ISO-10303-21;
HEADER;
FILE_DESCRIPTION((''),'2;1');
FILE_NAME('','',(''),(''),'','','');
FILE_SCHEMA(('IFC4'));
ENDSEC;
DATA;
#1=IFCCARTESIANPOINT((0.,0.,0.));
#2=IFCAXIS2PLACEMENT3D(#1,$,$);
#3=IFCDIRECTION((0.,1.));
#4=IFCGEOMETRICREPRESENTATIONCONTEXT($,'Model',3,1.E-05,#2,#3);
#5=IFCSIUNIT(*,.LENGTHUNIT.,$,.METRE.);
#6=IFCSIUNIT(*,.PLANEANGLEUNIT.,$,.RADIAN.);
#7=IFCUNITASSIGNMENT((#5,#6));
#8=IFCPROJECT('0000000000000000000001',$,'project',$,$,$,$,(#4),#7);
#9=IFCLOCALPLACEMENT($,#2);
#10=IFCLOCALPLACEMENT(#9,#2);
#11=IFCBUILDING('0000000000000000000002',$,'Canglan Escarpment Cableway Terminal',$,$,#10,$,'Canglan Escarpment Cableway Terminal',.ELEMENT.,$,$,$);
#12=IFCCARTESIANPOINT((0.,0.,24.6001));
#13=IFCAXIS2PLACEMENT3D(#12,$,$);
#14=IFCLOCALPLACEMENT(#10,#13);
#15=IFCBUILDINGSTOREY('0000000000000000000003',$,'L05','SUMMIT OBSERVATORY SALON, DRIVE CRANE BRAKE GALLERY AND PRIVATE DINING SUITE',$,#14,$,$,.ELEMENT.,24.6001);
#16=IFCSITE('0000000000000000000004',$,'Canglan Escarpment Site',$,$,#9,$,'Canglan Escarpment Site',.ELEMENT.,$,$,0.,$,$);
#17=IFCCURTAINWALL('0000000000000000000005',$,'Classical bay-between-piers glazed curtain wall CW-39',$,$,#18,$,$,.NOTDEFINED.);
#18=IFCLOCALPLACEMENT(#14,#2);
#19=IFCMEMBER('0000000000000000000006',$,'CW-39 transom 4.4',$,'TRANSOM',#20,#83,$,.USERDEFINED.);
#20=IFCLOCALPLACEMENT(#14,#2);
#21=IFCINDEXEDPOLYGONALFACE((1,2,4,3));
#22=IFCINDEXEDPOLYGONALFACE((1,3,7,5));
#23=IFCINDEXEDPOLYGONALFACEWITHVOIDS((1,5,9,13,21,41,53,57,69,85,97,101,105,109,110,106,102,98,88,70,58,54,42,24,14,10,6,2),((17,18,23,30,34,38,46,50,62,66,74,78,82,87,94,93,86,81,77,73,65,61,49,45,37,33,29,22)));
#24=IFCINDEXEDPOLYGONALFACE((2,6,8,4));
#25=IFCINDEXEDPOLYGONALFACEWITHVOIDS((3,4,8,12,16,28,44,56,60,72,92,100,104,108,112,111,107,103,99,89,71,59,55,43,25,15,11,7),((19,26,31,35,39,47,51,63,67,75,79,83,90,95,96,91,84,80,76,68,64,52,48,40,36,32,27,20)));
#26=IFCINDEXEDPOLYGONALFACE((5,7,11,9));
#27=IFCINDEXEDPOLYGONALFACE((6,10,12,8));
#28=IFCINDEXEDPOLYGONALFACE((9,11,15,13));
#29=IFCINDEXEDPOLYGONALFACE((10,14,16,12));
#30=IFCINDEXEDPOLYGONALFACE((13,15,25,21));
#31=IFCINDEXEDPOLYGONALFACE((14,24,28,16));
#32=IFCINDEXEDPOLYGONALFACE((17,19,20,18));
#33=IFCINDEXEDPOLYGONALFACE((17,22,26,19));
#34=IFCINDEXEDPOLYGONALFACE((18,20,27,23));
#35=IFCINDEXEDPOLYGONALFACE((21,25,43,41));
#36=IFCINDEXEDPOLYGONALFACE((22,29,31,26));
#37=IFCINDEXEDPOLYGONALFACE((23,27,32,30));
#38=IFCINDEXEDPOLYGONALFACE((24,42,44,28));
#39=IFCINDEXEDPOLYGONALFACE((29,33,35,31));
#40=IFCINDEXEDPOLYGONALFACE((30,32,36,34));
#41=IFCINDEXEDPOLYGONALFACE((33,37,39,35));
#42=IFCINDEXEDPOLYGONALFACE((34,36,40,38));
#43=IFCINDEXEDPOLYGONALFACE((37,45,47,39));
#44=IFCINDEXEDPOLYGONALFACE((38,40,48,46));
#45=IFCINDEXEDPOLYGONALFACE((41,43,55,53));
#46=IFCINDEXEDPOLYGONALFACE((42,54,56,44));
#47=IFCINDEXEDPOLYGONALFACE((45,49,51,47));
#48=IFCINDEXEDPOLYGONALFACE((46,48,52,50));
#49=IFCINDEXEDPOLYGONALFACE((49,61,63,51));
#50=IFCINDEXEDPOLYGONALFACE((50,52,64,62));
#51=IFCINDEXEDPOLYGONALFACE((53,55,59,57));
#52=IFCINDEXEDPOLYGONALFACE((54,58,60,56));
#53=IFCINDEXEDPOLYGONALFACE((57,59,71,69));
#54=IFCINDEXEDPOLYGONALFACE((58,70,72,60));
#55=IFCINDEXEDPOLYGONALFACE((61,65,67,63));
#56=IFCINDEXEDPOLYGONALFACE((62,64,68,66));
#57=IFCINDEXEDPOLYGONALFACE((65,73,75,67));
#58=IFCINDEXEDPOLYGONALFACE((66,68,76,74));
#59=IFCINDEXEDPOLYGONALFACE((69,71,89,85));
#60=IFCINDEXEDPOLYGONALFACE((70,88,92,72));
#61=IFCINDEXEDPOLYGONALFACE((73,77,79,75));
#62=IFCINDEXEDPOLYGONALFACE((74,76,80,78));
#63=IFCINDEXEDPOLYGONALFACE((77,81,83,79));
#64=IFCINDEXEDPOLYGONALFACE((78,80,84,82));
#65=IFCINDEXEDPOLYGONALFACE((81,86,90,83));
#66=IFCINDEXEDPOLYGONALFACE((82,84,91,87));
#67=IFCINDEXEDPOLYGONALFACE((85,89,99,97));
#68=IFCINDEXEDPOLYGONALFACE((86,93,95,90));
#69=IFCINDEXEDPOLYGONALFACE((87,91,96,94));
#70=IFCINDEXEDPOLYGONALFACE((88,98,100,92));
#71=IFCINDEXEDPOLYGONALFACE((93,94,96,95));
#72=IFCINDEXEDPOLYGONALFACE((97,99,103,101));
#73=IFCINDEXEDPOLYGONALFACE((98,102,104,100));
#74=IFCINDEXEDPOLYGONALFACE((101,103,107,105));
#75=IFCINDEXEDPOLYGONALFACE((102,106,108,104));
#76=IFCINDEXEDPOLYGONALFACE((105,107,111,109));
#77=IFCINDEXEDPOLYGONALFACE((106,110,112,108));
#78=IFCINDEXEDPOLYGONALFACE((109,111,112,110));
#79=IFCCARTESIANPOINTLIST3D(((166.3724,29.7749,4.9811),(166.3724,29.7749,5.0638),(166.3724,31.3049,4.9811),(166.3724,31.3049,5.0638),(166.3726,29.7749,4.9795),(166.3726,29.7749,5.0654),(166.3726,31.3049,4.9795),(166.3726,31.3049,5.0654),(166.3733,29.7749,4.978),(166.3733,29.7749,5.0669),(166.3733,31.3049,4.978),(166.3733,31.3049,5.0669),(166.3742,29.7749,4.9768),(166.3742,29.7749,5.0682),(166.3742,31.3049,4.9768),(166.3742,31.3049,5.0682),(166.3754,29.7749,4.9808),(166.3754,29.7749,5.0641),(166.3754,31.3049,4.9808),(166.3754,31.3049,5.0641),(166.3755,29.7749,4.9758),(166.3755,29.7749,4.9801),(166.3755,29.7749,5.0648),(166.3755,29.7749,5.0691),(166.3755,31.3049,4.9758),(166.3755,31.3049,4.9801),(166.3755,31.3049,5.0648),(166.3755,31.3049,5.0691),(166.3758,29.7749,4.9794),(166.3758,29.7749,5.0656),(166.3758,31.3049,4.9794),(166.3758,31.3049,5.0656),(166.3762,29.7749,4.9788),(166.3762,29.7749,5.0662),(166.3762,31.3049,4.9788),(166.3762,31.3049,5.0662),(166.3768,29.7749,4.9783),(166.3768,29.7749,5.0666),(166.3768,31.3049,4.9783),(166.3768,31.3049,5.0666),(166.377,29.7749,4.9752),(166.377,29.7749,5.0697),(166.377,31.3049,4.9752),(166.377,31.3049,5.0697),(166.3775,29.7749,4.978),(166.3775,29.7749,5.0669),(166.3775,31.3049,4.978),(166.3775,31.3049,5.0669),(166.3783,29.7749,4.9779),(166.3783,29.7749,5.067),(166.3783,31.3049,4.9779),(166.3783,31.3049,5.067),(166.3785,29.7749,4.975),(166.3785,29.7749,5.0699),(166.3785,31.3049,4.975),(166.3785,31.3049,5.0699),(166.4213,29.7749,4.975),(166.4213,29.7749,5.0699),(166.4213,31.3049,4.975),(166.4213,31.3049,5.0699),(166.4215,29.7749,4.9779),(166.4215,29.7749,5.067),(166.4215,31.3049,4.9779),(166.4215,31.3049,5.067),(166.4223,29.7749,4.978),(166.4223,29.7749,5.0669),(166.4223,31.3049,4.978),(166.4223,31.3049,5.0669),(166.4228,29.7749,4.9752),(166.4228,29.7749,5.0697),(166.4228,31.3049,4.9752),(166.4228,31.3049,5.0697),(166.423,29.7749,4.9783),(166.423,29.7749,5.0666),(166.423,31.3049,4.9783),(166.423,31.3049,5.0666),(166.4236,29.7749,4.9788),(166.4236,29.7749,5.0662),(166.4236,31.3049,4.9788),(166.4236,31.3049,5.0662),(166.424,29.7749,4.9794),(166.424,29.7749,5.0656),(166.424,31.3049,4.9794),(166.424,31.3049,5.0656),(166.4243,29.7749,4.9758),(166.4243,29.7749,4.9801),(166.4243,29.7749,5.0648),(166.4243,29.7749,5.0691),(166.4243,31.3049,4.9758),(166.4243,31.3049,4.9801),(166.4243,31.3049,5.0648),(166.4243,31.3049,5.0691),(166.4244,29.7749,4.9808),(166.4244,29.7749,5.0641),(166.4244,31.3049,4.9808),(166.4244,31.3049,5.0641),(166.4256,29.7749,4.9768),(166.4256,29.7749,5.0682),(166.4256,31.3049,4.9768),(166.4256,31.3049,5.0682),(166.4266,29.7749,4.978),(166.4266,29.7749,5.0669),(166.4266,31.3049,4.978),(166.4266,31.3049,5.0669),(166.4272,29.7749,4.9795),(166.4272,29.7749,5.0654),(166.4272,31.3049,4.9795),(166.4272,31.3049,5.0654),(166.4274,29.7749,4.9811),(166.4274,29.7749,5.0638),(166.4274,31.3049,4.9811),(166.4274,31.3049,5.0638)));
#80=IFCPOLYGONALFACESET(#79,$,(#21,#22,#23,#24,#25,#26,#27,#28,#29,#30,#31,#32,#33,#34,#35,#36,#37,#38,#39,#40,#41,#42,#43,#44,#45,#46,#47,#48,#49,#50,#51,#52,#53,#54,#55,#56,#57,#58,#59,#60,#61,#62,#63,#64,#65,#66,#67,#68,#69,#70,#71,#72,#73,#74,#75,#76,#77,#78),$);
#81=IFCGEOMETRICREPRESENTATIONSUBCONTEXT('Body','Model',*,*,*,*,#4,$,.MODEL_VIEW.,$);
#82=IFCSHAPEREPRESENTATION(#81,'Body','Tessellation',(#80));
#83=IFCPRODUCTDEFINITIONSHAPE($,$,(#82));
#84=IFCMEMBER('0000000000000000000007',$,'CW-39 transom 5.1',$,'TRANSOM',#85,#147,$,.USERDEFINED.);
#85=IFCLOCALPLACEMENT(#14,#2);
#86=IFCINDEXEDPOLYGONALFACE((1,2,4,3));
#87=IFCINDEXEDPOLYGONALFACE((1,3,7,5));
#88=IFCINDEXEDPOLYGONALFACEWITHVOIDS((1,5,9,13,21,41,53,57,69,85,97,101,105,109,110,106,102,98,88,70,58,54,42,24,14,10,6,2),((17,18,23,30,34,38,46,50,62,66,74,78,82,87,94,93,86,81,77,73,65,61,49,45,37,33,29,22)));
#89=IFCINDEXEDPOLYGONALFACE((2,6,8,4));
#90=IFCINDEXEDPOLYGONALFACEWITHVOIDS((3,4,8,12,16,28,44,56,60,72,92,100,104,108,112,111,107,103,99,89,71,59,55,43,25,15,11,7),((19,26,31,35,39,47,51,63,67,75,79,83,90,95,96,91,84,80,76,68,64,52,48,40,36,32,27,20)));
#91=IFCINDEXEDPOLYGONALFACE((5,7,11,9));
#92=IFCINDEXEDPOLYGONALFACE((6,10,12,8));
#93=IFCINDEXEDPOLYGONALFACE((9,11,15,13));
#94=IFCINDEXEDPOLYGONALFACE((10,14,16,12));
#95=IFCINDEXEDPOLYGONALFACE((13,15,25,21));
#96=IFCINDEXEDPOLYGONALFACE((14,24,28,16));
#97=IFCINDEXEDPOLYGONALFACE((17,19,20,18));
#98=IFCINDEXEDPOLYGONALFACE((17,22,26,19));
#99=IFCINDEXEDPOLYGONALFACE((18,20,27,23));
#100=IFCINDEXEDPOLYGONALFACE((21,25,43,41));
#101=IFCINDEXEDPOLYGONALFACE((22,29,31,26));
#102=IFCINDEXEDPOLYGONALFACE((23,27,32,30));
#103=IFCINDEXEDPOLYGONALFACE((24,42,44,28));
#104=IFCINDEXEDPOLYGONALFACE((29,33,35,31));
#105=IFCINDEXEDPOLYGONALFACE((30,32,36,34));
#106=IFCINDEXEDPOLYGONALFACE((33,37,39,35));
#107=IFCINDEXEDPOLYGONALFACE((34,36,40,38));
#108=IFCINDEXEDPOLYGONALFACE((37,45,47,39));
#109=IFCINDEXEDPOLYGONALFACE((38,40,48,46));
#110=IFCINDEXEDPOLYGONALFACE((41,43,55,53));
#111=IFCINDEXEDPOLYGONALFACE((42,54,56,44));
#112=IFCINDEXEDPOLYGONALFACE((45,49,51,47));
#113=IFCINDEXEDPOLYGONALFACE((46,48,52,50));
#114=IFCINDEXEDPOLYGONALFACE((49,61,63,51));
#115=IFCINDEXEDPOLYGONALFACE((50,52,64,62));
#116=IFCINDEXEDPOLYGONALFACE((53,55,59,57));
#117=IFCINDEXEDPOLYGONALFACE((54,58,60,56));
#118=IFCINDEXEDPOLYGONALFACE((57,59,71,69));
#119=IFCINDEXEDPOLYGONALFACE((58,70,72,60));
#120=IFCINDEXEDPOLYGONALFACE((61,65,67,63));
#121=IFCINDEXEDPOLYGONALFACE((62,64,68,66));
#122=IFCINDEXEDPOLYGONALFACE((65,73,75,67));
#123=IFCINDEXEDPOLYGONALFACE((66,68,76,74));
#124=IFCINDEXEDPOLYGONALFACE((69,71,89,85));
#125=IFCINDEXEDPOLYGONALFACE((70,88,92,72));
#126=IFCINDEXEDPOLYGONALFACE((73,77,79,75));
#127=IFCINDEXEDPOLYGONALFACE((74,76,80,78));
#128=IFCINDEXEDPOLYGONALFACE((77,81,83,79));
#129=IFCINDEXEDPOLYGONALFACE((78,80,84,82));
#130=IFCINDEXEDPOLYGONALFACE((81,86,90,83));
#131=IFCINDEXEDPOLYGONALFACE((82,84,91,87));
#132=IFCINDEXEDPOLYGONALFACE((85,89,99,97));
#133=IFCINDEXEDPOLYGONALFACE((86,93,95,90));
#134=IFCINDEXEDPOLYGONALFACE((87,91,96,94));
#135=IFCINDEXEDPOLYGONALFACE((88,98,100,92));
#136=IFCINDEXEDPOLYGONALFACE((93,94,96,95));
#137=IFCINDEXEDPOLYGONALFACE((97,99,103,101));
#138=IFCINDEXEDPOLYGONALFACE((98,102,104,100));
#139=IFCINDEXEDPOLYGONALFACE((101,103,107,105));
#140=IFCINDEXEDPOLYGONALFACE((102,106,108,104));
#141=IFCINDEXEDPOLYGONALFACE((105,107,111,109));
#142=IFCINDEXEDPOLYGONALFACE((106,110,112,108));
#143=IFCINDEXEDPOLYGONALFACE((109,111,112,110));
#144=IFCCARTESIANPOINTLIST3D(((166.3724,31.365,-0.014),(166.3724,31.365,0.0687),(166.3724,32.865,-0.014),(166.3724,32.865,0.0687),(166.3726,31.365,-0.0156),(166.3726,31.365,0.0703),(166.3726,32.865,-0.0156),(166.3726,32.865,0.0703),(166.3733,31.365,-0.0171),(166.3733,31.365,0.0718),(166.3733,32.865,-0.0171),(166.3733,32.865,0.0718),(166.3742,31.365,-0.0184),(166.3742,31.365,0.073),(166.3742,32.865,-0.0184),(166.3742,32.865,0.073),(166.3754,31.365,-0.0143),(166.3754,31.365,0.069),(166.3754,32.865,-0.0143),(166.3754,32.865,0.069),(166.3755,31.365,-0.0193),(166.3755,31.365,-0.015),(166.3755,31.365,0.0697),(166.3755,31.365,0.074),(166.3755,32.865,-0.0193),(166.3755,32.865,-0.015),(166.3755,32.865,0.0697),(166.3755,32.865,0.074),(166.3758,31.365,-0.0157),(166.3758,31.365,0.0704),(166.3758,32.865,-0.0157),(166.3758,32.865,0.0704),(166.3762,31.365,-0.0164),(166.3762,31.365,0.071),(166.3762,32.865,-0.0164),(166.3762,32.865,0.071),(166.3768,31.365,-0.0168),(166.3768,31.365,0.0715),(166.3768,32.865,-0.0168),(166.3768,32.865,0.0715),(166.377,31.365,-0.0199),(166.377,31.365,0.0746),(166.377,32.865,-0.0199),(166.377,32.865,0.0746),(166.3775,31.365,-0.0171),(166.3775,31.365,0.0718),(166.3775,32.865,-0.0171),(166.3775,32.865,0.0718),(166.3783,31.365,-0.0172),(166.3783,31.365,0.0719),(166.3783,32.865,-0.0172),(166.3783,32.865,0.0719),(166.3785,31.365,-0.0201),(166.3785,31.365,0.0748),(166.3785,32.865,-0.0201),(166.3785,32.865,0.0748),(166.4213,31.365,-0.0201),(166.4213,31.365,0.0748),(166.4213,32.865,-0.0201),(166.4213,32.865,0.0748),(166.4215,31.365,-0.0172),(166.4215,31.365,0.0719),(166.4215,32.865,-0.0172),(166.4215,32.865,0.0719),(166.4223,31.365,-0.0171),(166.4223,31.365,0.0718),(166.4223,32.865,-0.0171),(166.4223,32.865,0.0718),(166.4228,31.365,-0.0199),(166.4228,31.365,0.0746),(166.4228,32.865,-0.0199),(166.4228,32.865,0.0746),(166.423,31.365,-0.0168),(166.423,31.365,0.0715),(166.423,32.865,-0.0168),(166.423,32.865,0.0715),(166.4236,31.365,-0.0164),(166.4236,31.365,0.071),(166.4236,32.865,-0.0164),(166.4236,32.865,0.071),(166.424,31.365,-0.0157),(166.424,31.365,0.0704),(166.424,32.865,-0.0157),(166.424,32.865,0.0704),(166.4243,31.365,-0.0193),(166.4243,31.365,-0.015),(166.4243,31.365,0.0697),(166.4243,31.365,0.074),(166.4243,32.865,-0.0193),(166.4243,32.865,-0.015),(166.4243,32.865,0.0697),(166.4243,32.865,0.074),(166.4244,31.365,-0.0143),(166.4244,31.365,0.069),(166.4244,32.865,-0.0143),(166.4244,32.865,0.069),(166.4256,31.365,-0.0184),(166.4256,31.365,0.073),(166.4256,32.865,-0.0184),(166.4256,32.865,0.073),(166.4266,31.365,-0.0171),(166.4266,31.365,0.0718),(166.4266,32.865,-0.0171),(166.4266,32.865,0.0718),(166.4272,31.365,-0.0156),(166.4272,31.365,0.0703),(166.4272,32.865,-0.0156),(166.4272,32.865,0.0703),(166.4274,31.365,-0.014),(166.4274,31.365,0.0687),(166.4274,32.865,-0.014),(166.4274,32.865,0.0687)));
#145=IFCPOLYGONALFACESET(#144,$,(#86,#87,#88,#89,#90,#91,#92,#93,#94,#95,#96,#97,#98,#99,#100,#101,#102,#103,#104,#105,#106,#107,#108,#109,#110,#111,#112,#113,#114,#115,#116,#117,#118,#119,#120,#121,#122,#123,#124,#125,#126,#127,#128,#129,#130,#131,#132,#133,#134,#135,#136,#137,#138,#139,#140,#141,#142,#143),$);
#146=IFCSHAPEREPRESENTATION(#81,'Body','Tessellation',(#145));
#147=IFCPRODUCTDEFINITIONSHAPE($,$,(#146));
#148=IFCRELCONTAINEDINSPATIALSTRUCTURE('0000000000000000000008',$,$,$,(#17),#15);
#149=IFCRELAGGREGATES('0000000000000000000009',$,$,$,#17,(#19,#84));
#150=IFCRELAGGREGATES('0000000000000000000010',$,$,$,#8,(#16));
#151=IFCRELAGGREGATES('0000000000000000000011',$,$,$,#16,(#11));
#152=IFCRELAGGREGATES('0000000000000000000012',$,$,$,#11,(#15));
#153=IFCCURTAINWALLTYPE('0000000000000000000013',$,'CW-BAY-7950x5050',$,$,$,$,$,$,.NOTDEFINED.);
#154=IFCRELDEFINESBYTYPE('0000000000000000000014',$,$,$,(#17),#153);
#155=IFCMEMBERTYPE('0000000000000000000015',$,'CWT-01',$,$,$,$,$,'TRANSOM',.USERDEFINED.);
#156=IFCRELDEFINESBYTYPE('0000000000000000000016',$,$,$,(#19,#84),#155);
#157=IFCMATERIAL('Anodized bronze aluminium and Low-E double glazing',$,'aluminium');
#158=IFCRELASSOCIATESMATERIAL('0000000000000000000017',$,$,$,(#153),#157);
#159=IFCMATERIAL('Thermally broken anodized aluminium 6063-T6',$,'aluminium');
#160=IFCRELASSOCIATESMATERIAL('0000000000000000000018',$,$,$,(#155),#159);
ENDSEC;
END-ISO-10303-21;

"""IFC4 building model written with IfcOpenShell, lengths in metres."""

from ifc_helpers import new_model, si_unit, direction, frame, origin, origin_2d, place, context, subcontext, project, spatial, hollow_rectangle, extrude, material, material_profile, profile_set, type_object, element, aggregate, save


model = new_model("IFC4")

# Units and contexts
model_context = context("Model", 3, precision=1e-05, world=origin(), true_north=direction((0.0, 1.0)))
body_context = subcontext(model_context, "Body", "Model", "MODEL_VIEW")
ifc_project = project(units=[si_unit("LENGTHUNIT", "METRE"), si_unit("PLANEANGLEUNIT", "RADIAN")], contexts=[model_context])

# Site, building, storey
site_placement = place(None, origin())
site = spatial("IfcSite", under=ifc_project, at=site_placement, Name="Canglan Escarpment Site", LongName="Canglan Escarpment Site", CompositionType="ELEMENT", RefElevation=0.0)
building_placement = place(site_placement, origin())
building = spatial("IfcBuilding", under=site, at=building_placement, Name="Canglan Escarpment Cableway Terminal", LongName="Canglan Escarpment Cableway Terminal", CompositionType="ELEMENT")
storey_placement = place(building_placement, frame((0.0, 0.0, 24.6001)))
storey = spatial("IfcBuildingStorey", under=building, at=storey_placement, Name="L05", Description="SUMMIT OBSERVATORY SALON, DRIVE CRANE BRAKE GALLERY AND PRIVATE DINING SUITE", CompositionType="ELEMENT", Elevation=24.6001)

# Curtain wall, members
ifc_material_1 = material(Name="Anodized bronze aluminium and Low-E double glazing", Category="aluminium")
curtain_wall_type = type_object("IfcCurtainWallType", Name="CW-BAY-7950x5050", PredefinedType="NOTDEFINED", material=ifc_material_1)
curtain_wall_placement = place(storey_placement, origin())
curtain_wall = element("IfcCurtainWall", 1, at=curtain_wall_placement, inside=storey, type_object=curtain_wall_type, Name="Classical bay-between-piers glazed curtain wall CW-39", PredefinedType="NOTDEFINED")
ifc_material_2 = material(Name="Thermally broken anodized aluminium 6063-T6", Category="aluminium")
ifc_material_profile_1 = material_profile(ifc_material_2, hollow_rectangle(XDim=0.0549, YDim=0.095, WallThickness=0.0029, InnerFilletRadius=0.0029, OuterFilletRadius=0.0061, at=origin_2d()), Name="ALU-TRAN 55x95x3")
ifc_profile_set_1 = profile_set([ifc_material_profile_1], Name="Thermally broken anodized aluminium 6063-T6")
member_type_1 = type_object("IfcMemberType", Name="CWT-01", ElementType="TRANSOM", PredefinedType="USERDEFINED", material=ifc_profile_set_1)
member_1_placement = place(storey_placement, frame((166.3999, 29.7749, 5.0225), z_axis=(0.0, 1.0, 0.0), x_axis=(-1.0, 0.0, 0.0)))
member_1 = element("IfcMember", 2, at=member_1_placement, type_object=member_type_1, Name="CW-39 transom 4.4", ObjectType="TRANSOM", PredefinedType="USERDEFINED", context=body_context, shape_type="SweptSolid", body=[
    extrude(hollow_rectangle(XDim=0.0549, YDim=0.095, WallThickness=0.0029, InnerFilletRadius=0.0029, OuterFilletRadius=0.0061, at=origin_2d()), origin(), (0.0, 0.0, 1.0), 1.53),
])
member_2_placement = place(storey_placement, frame((166.3999, 31.365, 0.0273), z_axis=(0.0, 1.0, 0.0), x_axis=(-1.0, 0.0, 0.0)))
member_2 = element("IfcMember", 3, at=member_2_placement, type_object=member_type_1, Name="CW-39 transom 5.1", ObjectType="TRANSOM", PredefinedType="USERDEFINED", context=body_context, shape_type="SweptSolid", body=[
    extrude(hollow_rectangle(XDim=0.0549, YDim=0.095, WallThickness=0.0029, InnerFilletRadius=0.0029, OuterFilletRadius=0.0061, at=origin_2d()), origin(), (0.0, 0.0, 1.0), 1.5),
])
aggregate(curtain_wall, [member_1, member_2])

save(model, "model.ifc")
